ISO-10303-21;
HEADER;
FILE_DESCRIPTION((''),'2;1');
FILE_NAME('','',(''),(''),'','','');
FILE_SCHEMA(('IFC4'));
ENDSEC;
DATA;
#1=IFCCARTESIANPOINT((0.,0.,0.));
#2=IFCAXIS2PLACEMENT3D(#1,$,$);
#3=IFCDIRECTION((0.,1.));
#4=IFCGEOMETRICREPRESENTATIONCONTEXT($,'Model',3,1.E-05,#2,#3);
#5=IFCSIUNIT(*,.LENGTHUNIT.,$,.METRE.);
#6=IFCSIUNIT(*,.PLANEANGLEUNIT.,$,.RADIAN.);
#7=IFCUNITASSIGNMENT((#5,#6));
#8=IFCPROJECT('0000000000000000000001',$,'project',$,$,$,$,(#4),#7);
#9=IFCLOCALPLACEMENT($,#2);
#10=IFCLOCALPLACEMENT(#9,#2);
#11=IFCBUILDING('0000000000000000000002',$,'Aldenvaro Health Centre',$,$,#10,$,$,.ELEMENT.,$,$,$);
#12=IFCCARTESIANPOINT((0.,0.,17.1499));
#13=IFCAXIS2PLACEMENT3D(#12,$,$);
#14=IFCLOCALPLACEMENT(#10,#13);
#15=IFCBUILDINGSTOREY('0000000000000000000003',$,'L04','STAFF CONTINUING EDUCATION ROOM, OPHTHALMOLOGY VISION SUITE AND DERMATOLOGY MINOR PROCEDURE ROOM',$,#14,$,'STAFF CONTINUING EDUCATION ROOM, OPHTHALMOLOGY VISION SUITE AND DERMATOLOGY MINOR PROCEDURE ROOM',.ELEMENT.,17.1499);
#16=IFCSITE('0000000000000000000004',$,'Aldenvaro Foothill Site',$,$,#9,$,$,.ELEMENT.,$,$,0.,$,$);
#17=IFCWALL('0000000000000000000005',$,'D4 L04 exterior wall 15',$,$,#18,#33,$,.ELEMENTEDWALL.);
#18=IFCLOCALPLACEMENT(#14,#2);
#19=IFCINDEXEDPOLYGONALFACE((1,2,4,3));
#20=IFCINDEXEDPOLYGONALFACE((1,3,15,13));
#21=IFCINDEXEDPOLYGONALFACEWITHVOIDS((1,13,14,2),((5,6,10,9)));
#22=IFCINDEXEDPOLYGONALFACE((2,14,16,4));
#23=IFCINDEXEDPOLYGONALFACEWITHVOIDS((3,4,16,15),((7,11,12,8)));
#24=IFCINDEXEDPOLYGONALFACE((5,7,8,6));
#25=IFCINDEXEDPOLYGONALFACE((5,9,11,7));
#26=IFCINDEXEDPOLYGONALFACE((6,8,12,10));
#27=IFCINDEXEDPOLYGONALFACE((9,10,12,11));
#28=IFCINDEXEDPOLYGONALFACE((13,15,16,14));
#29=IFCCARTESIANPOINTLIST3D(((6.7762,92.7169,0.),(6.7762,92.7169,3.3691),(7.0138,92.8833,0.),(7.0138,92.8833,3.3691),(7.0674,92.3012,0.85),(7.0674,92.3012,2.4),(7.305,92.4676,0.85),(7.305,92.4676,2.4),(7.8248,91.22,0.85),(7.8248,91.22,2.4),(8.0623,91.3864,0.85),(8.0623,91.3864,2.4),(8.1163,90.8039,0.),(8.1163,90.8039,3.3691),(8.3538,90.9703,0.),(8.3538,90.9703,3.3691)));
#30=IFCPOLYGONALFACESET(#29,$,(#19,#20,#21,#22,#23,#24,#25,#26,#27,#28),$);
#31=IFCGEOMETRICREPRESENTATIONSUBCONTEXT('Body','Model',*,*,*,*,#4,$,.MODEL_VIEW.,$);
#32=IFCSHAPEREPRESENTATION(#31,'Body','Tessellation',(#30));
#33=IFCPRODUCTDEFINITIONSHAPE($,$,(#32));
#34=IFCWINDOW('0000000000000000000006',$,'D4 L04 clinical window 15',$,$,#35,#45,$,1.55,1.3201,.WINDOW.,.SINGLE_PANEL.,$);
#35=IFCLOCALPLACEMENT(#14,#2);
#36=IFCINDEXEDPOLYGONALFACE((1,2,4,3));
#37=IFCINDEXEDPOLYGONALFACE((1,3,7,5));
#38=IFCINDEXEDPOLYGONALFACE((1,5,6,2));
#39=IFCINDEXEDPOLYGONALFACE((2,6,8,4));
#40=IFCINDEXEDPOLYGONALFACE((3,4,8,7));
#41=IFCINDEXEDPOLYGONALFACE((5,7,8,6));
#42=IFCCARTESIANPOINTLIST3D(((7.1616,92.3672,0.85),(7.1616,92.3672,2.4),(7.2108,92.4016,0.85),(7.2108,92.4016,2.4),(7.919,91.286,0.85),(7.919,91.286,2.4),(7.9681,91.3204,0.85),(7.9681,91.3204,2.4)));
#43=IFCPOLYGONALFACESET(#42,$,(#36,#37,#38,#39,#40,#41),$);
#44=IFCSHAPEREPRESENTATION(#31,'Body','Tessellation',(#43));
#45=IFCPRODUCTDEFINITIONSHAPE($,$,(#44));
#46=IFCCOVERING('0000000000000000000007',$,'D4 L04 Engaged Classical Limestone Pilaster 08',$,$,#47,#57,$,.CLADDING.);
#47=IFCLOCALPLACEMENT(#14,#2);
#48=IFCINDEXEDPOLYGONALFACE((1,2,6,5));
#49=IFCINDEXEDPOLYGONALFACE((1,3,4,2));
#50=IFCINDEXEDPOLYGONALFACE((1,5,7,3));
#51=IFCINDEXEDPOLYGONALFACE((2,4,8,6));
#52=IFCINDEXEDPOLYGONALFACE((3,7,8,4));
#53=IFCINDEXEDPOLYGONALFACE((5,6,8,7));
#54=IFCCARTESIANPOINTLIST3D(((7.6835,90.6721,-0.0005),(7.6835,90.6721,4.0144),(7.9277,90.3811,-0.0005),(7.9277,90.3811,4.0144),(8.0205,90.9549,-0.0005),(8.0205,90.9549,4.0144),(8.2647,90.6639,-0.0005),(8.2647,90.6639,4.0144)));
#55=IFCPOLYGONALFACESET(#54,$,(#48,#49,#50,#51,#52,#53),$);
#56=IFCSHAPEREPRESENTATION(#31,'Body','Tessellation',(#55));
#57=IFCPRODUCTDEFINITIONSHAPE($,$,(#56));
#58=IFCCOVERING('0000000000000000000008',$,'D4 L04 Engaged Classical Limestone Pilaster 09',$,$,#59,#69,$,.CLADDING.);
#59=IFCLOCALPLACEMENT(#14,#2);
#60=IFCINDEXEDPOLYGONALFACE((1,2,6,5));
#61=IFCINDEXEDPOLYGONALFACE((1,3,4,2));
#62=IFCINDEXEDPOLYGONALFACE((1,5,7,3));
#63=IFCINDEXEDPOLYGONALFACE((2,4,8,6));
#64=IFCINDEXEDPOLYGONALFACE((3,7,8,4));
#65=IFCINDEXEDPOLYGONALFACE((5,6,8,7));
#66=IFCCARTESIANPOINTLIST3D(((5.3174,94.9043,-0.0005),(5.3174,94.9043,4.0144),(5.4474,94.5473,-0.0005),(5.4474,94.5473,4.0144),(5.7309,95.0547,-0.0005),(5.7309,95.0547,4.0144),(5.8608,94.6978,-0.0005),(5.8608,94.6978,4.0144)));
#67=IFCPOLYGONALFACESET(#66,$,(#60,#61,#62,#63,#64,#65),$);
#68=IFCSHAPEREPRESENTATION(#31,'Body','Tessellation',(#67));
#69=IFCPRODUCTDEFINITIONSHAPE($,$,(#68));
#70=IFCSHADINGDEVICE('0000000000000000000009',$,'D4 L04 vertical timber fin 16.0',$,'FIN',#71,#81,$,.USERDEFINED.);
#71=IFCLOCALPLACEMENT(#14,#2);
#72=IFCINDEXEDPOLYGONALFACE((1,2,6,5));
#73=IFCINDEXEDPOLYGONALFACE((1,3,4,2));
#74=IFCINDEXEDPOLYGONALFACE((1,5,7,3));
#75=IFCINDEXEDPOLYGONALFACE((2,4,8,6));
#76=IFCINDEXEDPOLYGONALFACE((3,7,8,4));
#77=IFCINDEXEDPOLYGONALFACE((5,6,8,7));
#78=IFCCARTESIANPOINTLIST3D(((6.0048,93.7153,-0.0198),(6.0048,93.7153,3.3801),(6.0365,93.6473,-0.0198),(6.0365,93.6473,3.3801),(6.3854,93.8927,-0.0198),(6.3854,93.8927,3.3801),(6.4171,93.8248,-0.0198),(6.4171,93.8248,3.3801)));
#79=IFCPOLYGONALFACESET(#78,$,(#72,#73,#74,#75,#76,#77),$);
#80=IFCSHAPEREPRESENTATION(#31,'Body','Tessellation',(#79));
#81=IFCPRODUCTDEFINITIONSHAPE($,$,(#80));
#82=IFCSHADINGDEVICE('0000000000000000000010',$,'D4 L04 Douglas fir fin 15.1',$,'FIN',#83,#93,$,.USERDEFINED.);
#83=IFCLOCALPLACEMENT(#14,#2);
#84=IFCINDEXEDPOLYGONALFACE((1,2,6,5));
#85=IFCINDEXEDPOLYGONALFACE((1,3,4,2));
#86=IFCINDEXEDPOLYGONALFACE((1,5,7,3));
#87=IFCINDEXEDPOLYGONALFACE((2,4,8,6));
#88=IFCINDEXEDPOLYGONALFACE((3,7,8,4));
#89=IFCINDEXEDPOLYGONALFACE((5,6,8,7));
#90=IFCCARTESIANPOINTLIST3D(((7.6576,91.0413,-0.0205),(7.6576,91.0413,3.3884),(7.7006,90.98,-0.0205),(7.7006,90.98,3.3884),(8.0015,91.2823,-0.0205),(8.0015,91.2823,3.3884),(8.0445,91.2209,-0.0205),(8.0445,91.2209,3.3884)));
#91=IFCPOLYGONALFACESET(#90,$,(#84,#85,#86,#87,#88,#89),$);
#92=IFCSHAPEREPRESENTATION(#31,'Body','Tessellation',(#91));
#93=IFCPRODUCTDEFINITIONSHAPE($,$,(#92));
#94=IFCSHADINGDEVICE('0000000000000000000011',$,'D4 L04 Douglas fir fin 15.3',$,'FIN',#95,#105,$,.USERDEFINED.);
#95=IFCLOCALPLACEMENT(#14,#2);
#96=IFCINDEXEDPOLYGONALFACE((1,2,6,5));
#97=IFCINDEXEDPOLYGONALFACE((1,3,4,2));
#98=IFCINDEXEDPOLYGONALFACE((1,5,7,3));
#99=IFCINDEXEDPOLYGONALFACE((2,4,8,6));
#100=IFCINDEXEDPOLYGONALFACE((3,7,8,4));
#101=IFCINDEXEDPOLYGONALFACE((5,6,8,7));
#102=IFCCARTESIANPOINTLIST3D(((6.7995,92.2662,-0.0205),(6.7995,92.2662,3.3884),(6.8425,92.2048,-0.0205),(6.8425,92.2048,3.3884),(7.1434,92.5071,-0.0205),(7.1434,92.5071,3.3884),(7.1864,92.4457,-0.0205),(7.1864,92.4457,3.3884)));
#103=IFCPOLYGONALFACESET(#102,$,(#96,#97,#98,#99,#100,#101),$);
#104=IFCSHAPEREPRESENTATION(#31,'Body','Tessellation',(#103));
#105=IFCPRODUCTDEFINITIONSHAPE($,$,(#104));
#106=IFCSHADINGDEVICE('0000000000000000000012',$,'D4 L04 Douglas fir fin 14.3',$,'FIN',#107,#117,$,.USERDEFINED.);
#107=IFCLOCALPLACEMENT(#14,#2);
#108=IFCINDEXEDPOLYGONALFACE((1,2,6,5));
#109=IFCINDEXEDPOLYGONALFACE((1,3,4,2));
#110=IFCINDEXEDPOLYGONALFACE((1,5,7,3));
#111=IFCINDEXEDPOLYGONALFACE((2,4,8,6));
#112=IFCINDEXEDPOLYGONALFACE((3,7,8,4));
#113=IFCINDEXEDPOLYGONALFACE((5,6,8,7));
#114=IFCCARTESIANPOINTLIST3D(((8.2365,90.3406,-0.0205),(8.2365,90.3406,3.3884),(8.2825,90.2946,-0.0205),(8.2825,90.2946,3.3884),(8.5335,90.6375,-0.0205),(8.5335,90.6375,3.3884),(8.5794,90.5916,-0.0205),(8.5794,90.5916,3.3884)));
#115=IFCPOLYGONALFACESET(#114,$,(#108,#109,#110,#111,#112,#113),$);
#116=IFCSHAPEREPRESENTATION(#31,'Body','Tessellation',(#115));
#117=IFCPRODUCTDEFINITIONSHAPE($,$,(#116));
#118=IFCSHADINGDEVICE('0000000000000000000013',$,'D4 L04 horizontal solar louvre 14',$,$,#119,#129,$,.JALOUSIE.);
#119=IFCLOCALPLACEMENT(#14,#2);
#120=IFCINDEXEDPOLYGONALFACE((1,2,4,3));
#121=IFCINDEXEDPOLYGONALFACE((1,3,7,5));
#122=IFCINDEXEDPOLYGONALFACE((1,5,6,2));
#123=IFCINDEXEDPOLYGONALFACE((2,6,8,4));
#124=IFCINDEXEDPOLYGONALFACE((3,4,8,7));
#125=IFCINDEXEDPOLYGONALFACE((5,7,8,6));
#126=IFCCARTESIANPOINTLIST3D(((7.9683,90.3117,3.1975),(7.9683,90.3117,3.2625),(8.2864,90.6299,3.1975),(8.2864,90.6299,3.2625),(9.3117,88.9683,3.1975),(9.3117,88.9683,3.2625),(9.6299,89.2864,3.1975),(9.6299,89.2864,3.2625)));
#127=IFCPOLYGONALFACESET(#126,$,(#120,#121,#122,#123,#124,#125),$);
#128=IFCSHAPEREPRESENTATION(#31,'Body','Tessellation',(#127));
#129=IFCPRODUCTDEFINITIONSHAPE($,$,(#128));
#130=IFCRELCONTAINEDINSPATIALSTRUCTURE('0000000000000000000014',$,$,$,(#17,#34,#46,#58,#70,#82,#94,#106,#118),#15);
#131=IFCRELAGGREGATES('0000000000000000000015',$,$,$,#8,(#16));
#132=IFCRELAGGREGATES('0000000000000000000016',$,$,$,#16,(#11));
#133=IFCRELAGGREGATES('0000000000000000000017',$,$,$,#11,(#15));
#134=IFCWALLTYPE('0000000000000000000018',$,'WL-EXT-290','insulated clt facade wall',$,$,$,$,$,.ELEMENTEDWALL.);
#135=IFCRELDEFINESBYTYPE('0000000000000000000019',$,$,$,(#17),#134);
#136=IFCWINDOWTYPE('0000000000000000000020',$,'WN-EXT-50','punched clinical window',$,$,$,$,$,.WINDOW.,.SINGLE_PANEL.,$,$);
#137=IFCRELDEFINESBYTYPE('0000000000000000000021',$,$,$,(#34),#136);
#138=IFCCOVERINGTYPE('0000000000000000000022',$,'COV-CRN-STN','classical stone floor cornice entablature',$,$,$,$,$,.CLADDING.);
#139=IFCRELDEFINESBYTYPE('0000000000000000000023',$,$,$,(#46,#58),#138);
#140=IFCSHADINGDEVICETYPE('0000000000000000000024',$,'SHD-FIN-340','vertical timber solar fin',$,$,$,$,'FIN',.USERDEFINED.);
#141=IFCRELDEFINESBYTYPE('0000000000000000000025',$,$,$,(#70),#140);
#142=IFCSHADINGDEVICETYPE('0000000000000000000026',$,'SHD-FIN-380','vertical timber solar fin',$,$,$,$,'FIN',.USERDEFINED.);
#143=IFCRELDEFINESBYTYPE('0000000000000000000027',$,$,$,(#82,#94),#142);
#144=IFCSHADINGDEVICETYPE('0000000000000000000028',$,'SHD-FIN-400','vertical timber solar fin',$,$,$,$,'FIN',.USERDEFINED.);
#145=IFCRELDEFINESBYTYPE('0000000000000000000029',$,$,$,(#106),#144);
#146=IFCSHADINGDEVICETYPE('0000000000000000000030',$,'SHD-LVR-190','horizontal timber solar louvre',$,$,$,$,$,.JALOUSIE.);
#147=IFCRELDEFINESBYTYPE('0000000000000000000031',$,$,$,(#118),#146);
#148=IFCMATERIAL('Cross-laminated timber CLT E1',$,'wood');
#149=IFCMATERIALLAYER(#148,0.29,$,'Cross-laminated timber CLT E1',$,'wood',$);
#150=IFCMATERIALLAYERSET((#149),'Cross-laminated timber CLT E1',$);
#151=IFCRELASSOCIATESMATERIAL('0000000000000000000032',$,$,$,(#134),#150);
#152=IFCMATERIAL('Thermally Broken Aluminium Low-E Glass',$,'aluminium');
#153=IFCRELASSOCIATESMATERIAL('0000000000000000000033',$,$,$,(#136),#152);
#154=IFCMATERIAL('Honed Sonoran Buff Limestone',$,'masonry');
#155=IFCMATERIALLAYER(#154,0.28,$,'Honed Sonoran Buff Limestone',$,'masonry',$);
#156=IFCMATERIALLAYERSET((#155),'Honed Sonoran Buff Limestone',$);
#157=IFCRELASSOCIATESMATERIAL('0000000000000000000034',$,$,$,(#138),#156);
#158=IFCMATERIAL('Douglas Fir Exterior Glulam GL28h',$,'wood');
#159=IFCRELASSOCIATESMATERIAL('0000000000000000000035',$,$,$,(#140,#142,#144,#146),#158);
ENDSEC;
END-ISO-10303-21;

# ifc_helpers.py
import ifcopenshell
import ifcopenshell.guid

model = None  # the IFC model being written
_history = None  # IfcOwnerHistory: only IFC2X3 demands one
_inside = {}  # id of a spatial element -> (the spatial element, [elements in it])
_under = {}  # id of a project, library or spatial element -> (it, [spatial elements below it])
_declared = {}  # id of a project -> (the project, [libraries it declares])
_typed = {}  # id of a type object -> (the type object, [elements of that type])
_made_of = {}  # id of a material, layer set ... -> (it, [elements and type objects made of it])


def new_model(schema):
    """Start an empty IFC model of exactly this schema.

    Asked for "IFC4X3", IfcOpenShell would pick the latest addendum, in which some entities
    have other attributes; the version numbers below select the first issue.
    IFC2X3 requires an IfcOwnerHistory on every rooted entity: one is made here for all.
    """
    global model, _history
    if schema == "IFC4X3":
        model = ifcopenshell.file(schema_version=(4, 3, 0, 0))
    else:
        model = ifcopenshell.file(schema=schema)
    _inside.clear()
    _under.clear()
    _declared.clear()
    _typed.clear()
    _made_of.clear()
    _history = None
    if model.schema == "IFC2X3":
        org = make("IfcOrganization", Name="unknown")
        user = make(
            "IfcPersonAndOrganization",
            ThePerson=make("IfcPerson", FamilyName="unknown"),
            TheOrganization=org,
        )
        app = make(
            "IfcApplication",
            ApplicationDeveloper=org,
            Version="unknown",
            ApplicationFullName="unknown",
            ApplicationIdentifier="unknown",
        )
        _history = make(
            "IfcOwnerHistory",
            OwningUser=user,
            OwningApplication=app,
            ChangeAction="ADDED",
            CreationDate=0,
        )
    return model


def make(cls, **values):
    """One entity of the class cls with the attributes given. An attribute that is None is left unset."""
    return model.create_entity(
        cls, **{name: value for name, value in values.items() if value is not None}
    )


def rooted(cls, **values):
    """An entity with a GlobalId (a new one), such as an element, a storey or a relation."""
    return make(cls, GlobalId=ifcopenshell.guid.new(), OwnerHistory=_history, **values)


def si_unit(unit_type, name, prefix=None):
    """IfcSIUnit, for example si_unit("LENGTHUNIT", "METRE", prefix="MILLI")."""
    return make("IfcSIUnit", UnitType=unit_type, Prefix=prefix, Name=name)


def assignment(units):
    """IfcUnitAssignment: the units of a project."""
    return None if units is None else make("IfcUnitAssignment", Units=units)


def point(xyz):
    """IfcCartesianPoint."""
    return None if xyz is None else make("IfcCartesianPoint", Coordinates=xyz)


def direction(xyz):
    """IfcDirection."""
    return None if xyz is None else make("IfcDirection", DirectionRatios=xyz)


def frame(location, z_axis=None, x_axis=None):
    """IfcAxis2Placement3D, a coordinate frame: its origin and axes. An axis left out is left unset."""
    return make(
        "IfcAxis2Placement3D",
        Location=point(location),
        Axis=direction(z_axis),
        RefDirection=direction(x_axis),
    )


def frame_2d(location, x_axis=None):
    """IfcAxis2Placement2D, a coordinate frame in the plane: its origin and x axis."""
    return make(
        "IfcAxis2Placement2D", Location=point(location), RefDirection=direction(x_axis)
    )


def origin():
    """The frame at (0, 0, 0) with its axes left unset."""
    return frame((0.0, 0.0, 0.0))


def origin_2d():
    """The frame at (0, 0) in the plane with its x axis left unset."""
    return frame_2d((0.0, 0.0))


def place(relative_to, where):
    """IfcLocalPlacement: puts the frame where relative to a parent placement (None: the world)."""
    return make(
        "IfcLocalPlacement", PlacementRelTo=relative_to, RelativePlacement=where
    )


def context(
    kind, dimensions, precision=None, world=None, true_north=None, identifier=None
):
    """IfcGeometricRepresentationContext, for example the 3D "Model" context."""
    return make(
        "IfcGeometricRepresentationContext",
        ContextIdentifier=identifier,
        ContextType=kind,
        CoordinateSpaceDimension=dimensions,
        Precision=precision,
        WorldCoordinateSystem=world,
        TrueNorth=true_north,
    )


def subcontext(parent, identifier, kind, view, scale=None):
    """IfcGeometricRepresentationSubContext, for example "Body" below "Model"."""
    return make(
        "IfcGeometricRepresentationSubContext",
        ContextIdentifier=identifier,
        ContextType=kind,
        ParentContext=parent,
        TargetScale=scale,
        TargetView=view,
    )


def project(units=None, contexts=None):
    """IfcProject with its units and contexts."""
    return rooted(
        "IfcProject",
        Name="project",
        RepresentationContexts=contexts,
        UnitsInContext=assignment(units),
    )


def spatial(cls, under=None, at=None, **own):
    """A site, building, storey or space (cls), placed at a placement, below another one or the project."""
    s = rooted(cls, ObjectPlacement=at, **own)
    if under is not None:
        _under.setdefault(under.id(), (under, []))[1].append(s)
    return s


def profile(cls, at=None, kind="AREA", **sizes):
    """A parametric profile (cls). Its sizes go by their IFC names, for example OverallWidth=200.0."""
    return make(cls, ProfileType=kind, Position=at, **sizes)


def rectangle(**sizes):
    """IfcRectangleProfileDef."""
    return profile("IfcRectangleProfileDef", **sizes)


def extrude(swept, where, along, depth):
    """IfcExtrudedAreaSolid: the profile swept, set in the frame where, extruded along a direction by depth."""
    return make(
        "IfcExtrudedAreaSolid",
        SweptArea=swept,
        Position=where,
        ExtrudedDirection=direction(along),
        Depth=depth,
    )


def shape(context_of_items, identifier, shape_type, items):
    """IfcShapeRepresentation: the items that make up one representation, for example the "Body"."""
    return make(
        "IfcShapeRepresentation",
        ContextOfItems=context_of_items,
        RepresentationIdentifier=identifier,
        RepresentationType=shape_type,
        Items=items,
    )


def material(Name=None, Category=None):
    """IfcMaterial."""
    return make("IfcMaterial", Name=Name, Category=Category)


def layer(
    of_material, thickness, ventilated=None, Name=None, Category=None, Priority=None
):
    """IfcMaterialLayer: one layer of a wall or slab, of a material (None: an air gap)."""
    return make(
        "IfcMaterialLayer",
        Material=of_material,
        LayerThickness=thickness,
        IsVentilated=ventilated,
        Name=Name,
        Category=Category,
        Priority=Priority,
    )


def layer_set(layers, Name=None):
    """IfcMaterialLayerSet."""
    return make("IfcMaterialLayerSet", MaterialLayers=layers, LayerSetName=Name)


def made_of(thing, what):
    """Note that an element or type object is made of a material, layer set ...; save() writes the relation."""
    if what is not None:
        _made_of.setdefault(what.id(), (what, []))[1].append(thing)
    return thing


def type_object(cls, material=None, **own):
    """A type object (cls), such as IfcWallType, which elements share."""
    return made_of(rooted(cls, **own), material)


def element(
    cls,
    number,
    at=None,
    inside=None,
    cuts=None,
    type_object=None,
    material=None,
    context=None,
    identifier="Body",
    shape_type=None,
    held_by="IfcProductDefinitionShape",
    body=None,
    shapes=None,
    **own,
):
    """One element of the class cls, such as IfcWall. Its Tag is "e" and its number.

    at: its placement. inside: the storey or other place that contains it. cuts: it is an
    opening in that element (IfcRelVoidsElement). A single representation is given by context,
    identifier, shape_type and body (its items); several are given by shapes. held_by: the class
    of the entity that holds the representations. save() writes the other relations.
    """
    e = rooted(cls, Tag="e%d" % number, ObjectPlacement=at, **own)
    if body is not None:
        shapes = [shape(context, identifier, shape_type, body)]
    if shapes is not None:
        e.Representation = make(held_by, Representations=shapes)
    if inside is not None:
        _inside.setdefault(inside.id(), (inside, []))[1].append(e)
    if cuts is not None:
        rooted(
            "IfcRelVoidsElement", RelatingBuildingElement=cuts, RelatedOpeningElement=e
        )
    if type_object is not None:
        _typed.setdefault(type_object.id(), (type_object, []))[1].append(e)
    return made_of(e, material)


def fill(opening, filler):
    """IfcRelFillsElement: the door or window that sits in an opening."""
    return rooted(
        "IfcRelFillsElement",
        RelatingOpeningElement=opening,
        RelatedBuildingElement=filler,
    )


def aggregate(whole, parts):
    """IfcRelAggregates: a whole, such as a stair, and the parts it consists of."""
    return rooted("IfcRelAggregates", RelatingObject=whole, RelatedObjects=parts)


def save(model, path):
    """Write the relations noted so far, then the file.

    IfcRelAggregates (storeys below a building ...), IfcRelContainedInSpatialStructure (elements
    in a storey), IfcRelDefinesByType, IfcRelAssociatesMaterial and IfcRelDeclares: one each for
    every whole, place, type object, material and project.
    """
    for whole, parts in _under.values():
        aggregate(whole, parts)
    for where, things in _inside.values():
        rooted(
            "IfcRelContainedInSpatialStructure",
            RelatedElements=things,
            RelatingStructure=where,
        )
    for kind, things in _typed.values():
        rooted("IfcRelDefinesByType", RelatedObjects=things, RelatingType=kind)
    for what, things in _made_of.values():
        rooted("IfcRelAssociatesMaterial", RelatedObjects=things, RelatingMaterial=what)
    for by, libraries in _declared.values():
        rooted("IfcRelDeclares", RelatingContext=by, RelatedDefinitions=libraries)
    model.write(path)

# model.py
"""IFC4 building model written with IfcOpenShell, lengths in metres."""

from ifc_helpers import new_model, si_unit, direction, frame, frame_2d, origin, origin_2d, place, context, subcontext, project, spatial, rectangle, extrude, material, layer, layer_set, type_object, element, fill, save


model = new_model("IFC4")

# Units and contexts
model_context = context("Model", 3, precision=1e-05, world=origin(), true_north=direction((0.0, 1.0)))
body_context = subcontext(model_context, "Body", "Model", "MODEL_VIEW")
ifc_project = project(units=[si_unit("LENGTHUNIT", "METRE"), si_unit("PLANEANGLEUNIT", "RADIAN")], contexts=[model_context])

# Site, building, storey
site_placement = place(None, origin())
site = spatial("IfcSite", under=ifc_project, at=site_placement, Name="Aldenvaro Foothill Site", CompositionType="ELEMENT", RefElevation=0.0)
building_placement = place(site_placement, origin())
building = spatial("IfcBuilding", under=site, at=building_placement, Name="Aldenvaro Health Centre", CompositionType="ELEMENT")
storey_placement = place(building_placement, frame((0.0, 0.0, 17.1499)))
storey = spatial("IfcBuildingStorey", under=building, at=storey_placement, Name="L04", Description="STAFF CONTINUING EDUCATION ROOM, OPHTHALMOLOGY VISION SUITE AND DERMATOLOGY MINOR PROCEDURE ROOM", LongName="STAFF CONTINUING EDUCATION ROOM, OPHTHALMOLOGY VISION SUITE AND DERMATOLOGY MINOR PROCEDURE ROOM", CompositionType="ELEMENT", Elevation=17.1499)

# Wall, opening, window
ifc_material_1 = material(Name="Cross-laminated timber CLT E1", Category="wood")
ifc_layer_1 = layer(ifc_material_1, 0.29, Name="Cross-laminated timber CLT E1", Category="wood")
ifc_layer_set_1 = layer_set([ifc_layer_1], Name="Cross-laminated timber CLT E1")
wall_type = type_object("IfcWallType", Name="WL-EXT-290", Description="insulated clt facade wall", PredefinedType="ELEMENTEDWALL", material=ifc_layer_set_1)
wall_placement = place(storey_placement, frame((8.2351, 90.887, 0.0), z_axis=(0.0, 0.0, 1.0), x_axis=(-0.573729, 0.819045, 0.0)))
wall = element("IfcWall", 1, at=wall_placement, inside=storey, type_object=wall_type, Name="D4 L04 exterior wall 15", PredefinedType="ELEMENTEDWALL", context=body_context, shape_type="SweptSolid", body=[
    extrude(rectangle(XDim=2.3357, YDim=0.29, at=frame_2d((1.168, 0.0))), origin(), (0.0, 0.0, 1.0), 3.3691),
])
opening_placement = place(wall_placement, frame((0.5081, 0.0, 0.8501)))
opening = element("IfcOpeningElement", 2, at=opening_placement, cuts=wall, PredefinedType="OPENING", context=body_context, shape_type="SweptSolid", body=[
    extrude(rectangle(XDim=1.3201, YDim=1.55, at=frame_2d((0.6602, 0.7749))), frame((0.0, 0.155, 0.0), z_axis=(0.0, -1.0, 0.0), x_axis=(1.0, 0.0, 0.0)), (0.0, 0.0, 1.0), 0.3101),
])
ifc_material_2 = material(Name="Thermally Broken Aluminium Low-E Glass", Category="aluminium")
window_type = type_object("IfcWindowType", Name="WN-EXT-50", Description="punched clinical window", PartitioningType="SINGLE_PANEL", PredefinedType="WINDOW", material=ifc_material_2)
window_placement = place(opening_placement, origin())
window = element("IfcWindow", 3, at=window_placement, inside=storey, type_object=window_type, Name="D4 L04 clinical window 15", OverallHeight=1.55, OverallWidth=1.3201, PartitioningType="SINGLE_PANEL", PredefinedType="WINDOW", context=body_context, shape_type="SweptSolid", body=[
    extrude(rectangle(XDim=1.3201, YDim=1.55, at=frame_2d((0.6602, 0.7749))), frame((0.0, 0.03, 0.0), z_axis=(0.0, -1.0, 0.0), x_axis=(1.0, 0.0, 0.0)), (0.0, 0.0, 1.0), 0.0601),
])
fill(opening, window)

# Coverings
ifc_material_3 = material(Name="Honed Sonoran Buff Limestone", Category="masonry")
ifc_layer_2 = layer(ifc_material_3, 0.28, Name="Honed Sonoran Buff Limestone", Category="masonry")
ifc_layer_set_2 = layer_set([ifc_layer_2], Name="Honed Sonoran Buff Limestone")
covering_type = type_object("IfcCoveringType", Name="COV-CRN-STN", Description="classical stone floor cornice entablature", PredefinedType="CLADDING", material=ifc_layer_set_2)
for number, where, z_axis, x_axis, name in (
    (4, (7.9741, 90.668, -0.0005), (0.0, 0.0, 1.0), (-0.766058, -0.642772, 0.0), "D4 L04 Engaged Classical Limestone Pilaster 08"),
    (5, (5.5891, 94.801, -0.0005), (0.0, 0.0, 1.0), (-0.939695, -0.342013, 0.0), "D4 L04 Engaged Classical Limestone Pilaster 09"),
):
    element("IfcCovering", number, at=place(storey_placement, frame(where, z_axis=z_axis, x_axis=x_axis)), inside=storey, type_object=covering_type, Name=name, PredefinedType="CLADDING", context=body_context, shape_type="SweptSolid", body=[
        extrude(rectangle(XDim=0.4399, YDim=0.3799, at=origin_2d()), origin(), (0.0, 0.0, 1.0), 4.0149),
    ])

# Shading devices
ifc_material_4 = material(Name="Douglas Fir Exterior Glulam GL28h", Category="wood")
shading_device_type_1 = type_object("IfcShadingDeviceType", Name="SHD-FIN-340", Description="vertical timber solar fin", ElementType="FIN", PredefinedType="USERDEFINED", material=ifc_material_4)
shading_device_1_placement = place(storey_placement, frame((6.2109, 93.77, -0.0198), z_axis=(0.0, 0.0, 1.0), x_axis=(-0.422557, 0.906336, 0.0)))
element("IfcShadingDevice", 6, at=shading_device_1_placement, inside=storey, type_object=shading_device_type_1, Name="D4 L04 vertical timber fin 16.0", ObjectType="FIN", PredefinedType="USERDEFINED", context=body_context, shape_type="SweptSolid", body=[
    extrude(rectangle(XDim=0.075, YDim=0.4199, at=origin_2d()), origin(), (0.0, 0.0, 1.0), 3.3999),
])
shading_device_type_2 = type_object("IfcShadingDeviceType", Name="SHD-FIN-380", Description="vertical timber solar fin", ElementType="FIN", PredefinedType="USERDEFINED", material=ifc_material_4)
for number, where, z_axis, x_axis, name in (
    (7, (7.8511, 91.1311, -0.0205), (0.0, 0.0, 1.0), (-0.573721, 0.819051, 0.0), "D4 L04 Douglas fir fin 15.1"),
    (8, (6.9929, 92.356, -0.0205), (0.0, 0.0, 1.0), (-0.573721, 0.819051, 0.0), "D4 L04 Douglas fir fin 15.3"),
):
    element("IfcShadingDevice", number, at=place(storey_placement, frame(where, z_axis=z_axis, x_axis=x_axis)), inside=storey, type_object=shading_device_type_2, Name=name, ObjectType="FIN", PredefinedType="USERDEFINED", context=body_context, shape_type="SweptSolid", body=[
        extrude(rectangle(XDim=0.075, YDim=0.4199, at=origin_2d()), origin(), (0.0, 0.0, 1.0), 3.4089),
    ])
shading_device_type_3 = type_object("IfcShadingDeviceType", Name="SHD-FIN-400", Description="vertical timber solar fin", ElementType="FIN", PredefinedType="USERDEFINED", material=ifc_material_4)
shading_device_2_placement = place(storey_placement, frame((8.408, 90.4661, -0.0205), z_axis=(0.0, 0.0, 1.0), x_axis=(-0.707107, 0.707107, 0.0)))
element("IfcShadingDevice", 9, at=shading_device_2_placement, inside=storey, type_object=shading_device_type_3, Name="D4 L04 Douglas fir fin 14.3", ObjectType="FIN", PredefinedType="USERDEFINED", context=body_context, shape_type="SweptSolid", body=[
    extrude(rectangle(XDim=0.0649, YDim=0.4199, at=origin_2d()), origin(), (0.0, 0.0, 1.0), 3.4089),
])
shading_device_type_4 = type_object("IfcShadingDeviceType", Name="SHD-LVR-190", Description="horizontal timber solar louvre", PredefinedType="JALOUSIE", material=ifc_material_4)
shading_device_3_placement = place(storey_placement, frame((8.7991, 89.7991, 3.1975), z_axis=(0.0, 0.0, 1.0), x_axis=(-0.707107, 0.707107, 0.0)))
element("IfcShadingDevice", 10, at=shading_device_3_placement, inside=storey, type_object=shading_device_type_4, Name="D4 L04 horizontal solar louvre 14", PredefinedType="JALOUSIE", context=body_context, shape_type="SweptSolid", body=[
    extrude(rectangle(XDim=1.8999, YDim=0.45, at=origin_2d()), origin(), (0.0, 0.0, 1.0), 0.0649),
])

save(model, "model.ifc")
